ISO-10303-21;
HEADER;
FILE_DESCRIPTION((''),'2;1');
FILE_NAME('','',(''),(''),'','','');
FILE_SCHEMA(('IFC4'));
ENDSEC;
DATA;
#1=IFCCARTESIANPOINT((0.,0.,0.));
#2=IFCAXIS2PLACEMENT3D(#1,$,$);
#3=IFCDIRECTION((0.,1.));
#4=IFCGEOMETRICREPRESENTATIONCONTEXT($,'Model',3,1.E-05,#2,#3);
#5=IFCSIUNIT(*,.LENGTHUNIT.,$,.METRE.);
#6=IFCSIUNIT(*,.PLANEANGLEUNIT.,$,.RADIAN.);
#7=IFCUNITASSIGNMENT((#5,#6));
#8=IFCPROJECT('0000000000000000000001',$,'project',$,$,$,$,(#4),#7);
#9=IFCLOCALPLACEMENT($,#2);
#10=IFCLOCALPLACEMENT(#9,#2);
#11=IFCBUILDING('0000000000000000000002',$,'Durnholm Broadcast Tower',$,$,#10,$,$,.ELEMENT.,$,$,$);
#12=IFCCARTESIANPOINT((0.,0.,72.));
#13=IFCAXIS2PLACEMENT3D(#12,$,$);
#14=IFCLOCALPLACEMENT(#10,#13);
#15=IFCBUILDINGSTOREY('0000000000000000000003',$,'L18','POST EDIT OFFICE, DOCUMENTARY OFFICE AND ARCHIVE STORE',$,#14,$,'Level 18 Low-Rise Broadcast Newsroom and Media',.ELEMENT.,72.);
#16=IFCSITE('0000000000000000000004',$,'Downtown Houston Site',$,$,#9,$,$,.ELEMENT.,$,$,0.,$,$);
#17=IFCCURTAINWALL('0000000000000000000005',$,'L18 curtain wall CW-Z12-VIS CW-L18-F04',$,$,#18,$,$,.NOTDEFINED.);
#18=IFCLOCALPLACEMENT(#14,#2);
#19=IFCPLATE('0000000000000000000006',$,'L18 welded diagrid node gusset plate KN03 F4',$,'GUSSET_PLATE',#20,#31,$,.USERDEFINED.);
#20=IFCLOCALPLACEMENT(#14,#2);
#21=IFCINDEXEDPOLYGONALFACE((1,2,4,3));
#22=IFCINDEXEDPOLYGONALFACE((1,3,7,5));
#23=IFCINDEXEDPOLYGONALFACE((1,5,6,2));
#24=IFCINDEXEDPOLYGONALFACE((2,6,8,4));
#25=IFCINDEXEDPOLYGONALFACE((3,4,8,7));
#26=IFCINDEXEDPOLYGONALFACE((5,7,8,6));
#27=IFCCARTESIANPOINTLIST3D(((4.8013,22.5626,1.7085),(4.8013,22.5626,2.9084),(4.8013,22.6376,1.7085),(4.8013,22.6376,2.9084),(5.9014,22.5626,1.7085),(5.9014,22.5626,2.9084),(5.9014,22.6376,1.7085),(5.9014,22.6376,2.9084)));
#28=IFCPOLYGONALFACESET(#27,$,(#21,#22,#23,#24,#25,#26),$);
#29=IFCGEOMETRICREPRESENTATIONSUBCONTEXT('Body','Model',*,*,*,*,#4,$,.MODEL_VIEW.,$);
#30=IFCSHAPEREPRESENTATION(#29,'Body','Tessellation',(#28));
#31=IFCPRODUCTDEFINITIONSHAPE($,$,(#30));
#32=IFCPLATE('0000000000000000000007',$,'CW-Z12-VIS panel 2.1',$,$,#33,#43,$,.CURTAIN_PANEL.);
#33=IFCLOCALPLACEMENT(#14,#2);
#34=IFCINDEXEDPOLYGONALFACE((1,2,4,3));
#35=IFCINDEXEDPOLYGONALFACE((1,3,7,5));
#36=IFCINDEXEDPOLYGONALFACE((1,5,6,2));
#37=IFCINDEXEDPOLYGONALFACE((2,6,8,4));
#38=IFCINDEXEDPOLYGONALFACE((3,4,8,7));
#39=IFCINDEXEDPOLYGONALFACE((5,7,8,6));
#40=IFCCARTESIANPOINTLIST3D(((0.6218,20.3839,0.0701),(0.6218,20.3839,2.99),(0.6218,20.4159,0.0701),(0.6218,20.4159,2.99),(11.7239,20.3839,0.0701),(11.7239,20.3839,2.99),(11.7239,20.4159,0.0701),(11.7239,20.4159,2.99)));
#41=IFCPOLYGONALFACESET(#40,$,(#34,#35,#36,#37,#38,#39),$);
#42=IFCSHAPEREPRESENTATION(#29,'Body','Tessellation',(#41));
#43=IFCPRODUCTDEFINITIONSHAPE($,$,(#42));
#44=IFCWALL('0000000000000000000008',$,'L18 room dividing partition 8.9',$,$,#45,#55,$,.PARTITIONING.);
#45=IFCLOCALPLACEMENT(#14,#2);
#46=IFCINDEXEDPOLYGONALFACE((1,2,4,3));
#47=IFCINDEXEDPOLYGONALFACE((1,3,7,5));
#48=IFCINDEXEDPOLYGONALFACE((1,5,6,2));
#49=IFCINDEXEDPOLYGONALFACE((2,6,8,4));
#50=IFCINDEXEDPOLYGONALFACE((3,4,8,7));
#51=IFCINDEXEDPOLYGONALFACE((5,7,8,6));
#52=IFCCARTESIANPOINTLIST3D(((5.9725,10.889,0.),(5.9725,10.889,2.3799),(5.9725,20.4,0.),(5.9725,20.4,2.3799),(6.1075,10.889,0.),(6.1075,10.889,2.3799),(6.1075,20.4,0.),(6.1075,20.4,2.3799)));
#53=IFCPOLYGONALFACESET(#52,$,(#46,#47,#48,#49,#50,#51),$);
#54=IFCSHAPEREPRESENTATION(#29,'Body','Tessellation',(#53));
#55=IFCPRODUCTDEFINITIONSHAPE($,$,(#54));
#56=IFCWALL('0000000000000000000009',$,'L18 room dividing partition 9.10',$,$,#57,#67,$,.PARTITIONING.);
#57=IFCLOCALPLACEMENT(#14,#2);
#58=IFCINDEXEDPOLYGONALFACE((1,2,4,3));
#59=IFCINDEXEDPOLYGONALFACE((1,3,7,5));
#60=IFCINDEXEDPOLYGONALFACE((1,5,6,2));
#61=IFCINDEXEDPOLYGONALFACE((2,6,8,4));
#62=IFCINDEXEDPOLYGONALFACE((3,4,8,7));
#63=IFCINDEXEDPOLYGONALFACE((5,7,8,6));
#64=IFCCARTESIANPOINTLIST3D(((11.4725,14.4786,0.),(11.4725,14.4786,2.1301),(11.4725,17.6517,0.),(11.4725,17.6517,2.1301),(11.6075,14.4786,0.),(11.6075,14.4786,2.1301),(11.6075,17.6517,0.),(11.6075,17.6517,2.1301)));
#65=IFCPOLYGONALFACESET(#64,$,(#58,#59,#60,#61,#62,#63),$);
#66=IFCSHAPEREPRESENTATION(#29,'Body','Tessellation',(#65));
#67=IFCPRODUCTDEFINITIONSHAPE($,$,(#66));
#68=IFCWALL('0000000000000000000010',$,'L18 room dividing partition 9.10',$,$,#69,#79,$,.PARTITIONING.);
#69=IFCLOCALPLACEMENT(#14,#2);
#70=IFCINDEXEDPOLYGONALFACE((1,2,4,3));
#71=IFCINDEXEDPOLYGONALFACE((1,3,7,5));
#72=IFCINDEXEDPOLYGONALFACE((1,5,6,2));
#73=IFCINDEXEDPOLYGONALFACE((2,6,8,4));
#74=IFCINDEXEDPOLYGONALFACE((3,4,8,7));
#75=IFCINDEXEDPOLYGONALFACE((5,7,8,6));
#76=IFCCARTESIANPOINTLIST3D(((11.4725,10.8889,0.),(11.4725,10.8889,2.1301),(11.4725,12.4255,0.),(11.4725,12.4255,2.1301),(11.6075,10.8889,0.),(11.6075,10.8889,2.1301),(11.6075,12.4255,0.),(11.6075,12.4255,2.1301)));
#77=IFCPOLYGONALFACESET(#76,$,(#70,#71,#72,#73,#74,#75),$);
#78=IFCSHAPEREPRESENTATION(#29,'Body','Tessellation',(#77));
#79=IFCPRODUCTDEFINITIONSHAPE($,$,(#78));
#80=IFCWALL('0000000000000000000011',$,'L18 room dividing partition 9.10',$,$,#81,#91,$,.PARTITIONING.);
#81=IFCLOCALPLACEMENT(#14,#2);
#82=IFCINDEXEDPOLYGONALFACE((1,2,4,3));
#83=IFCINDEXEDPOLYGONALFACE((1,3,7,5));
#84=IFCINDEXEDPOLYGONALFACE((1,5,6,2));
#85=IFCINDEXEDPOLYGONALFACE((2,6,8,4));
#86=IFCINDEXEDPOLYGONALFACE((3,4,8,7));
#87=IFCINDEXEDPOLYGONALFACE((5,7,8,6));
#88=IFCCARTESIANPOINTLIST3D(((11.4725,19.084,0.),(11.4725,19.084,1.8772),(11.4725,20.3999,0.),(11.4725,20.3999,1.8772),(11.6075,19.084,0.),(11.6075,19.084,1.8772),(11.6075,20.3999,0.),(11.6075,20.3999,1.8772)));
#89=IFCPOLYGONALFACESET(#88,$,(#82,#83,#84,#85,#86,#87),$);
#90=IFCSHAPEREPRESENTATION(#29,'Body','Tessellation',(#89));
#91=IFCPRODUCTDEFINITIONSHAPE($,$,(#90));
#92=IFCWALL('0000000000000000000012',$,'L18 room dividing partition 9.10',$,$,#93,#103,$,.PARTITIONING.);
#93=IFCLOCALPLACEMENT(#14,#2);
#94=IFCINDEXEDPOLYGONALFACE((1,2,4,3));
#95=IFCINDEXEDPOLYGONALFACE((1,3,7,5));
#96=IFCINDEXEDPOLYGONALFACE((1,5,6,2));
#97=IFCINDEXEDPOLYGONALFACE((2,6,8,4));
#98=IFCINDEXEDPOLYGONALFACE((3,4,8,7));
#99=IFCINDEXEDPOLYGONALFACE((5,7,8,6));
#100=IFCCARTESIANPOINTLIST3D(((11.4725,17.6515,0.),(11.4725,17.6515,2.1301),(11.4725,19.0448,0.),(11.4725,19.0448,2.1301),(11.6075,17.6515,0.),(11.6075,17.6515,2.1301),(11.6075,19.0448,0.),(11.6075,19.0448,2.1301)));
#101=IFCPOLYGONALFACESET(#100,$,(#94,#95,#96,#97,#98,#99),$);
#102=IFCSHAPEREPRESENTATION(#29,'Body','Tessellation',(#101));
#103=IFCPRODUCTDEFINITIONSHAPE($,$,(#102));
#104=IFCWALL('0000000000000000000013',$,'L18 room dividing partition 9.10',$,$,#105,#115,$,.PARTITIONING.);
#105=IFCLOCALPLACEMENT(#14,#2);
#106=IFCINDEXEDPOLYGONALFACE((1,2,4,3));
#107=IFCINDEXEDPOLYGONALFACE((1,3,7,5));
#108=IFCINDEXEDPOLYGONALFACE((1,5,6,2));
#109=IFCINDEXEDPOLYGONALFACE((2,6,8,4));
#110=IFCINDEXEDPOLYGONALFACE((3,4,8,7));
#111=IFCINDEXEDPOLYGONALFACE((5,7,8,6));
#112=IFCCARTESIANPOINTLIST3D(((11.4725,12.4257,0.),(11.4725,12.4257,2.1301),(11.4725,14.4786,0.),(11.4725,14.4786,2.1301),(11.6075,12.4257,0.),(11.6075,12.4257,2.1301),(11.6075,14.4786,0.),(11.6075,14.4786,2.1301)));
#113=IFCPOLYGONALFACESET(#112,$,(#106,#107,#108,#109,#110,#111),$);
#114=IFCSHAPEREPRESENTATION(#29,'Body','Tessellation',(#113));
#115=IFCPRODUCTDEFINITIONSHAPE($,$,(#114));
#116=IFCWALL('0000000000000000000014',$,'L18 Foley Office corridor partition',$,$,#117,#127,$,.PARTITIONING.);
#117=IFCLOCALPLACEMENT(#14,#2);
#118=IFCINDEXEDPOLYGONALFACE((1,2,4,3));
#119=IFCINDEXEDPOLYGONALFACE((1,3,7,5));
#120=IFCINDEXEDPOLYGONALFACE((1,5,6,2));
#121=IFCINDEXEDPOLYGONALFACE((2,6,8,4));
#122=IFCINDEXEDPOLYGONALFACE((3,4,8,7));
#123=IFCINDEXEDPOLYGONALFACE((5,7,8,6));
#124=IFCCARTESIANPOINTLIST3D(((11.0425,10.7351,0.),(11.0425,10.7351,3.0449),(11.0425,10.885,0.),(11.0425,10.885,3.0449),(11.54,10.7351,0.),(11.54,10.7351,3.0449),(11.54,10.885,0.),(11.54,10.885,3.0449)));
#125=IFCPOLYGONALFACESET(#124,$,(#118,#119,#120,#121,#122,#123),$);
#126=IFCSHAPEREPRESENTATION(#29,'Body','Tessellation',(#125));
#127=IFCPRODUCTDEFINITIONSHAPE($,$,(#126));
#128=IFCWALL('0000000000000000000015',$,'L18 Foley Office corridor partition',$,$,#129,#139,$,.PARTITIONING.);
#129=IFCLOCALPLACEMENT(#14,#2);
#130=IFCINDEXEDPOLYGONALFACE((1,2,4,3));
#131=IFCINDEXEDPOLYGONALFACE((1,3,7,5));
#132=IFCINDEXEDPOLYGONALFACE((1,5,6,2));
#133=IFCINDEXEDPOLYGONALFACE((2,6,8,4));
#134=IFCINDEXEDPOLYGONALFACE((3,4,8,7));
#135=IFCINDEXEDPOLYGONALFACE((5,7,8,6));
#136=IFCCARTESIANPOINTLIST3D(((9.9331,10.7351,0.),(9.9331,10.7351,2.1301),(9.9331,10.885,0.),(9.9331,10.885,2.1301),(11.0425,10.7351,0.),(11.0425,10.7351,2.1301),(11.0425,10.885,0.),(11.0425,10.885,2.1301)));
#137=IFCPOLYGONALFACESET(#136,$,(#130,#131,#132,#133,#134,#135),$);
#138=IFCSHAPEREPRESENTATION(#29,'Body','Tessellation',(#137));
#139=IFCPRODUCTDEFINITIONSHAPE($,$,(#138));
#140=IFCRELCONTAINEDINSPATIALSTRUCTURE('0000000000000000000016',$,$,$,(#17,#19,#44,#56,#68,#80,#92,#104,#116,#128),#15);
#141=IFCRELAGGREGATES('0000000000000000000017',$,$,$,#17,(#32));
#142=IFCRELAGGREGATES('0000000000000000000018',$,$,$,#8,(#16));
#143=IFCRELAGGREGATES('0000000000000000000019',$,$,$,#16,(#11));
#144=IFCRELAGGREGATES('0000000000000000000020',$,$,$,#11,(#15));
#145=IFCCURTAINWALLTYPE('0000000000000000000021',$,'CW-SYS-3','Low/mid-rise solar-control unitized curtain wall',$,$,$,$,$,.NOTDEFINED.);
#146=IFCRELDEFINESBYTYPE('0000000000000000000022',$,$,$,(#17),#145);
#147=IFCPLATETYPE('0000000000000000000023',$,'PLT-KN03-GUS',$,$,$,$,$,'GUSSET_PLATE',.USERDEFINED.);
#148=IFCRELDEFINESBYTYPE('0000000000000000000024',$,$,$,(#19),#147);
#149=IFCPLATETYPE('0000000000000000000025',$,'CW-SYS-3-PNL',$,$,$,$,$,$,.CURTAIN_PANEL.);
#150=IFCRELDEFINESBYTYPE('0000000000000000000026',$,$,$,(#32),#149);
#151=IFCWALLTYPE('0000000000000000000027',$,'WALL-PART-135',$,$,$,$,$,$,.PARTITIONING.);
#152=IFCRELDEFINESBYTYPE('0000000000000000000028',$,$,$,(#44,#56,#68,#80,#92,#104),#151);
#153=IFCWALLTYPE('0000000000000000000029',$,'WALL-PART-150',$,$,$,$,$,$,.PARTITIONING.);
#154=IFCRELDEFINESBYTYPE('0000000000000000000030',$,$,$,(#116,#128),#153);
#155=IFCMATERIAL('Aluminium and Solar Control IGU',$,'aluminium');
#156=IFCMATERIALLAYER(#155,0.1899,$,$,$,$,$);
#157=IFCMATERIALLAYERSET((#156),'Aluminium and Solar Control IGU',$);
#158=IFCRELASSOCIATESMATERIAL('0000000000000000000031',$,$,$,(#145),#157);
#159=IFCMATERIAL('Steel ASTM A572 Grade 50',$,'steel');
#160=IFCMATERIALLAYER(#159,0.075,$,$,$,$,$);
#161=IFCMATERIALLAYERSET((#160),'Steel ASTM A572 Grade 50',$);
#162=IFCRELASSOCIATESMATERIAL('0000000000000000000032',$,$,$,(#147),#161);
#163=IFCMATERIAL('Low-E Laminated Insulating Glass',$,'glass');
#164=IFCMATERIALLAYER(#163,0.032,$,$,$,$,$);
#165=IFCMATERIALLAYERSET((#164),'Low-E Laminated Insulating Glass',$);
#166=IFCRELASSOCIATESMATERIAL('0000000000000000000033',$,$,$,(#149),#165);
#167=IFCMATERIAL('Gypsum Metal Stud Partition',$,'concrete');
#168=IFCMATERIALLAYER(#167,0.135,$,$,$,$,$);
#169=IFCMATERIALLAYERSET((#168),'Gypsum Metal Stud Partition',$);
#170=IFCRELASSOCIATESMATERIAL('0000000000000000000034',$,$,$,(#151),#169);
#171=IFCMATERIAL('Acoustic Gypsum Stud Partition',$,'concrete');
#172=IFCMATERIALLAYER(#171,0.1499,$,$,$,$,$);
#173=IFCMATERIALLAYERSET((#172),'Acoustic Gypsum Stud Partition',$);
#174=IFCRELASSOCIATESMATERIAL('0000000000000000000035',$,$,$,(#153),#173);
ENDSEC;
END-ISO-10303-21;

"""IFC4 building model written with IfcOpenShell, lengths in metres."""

from ifc_helpers import new_model, si_unit, direction, frame, frame_2d, origin, origin_2d, place, context, subcontext, project, spatial, rectangle, extrude, source, transform, mapped, material, layer, layer_set, type_object, type_shapes, element, aggregate, save


model = new_model("IFC4")

# Units and contexts
model_context = context("Model", 3, precision=1e-05, world=origin(), true_north=direction((0.0, 1.0)))
body_context = subcontext(model_context, "Body", "Model", "MODEL_VIEW")
ifc_project = project(units=[si_unit("LENGTHUNIT", "METRE"), si_unit("PLANEANGLEUNIT", "RADIAN")], contexts=[model_context])

# Site, building, storey
site_placement = place(None, origin())
site = spatial("IfcSite", under=ifc_project, at=site_placement, Name="Downtown Houston Site", CompositionType="ELEMENT", RefElevation=0.0)
building_placement = place(site_placement, origin())
building = spatial("IfcBuilding", under=site, at=building_placement, Name="Durnholm Broadcast Tower", CompositionType="ELEMENT")
storey_placement = place(building_placement, frame((0.0, 0.0, 72.0)))
storey = spatial("IfcBuildingStorey", under=building, at=storey_placement, Name="L18", Description="POST EDIT OFFICE, DOCUMENTARY OFFICE AND ARCHIVE STORE", LongName="Level 18 Low-Rise Broadcast Newsroom and Media", CompositionType="ELEMENT", Elevation=72.0)

# Shared definitions
ifc_material_1 = material(Name="Aluminium and Solar Control IGU", Category="aluminium")

# Curtain wall
ifc_layer_1 = layer(ifc_material_1, 0.1899)
ifc_layer_set_1 = layer_set([ifc_layer_1], Name="Aluminium and Solar Control IGU")
curtain_wall_type_1 = type_object("IfcCurtainWallType", Name="CW-SYS-3", Description="Low/mid-rise solar-control unitized curtain wall", PredefinedType="NOTDEFINED", material=ifc_layer_set_1)
curtain_wall_1_placement = place(storey_placement, origin())
curtain_wall_1 = element("IfcCurtainWall", 1, at=curtain_wall_1_placement, inside=storey, type_object=curtain_wall_type_1, Name="L18 curtain wall CW-Z12-VIS CW-L18-F04", PredefinedType="NOTDEFINED")

# Plate
ifc_material_2 = material(Name="Steel ASTM A572 Grade 50", Category="steel")
ifc_layer_2 = layer(ifc_material_2, 0.075)
ifc_layer_set_2 = layer_set([ifc_layer_2], Name="Steel ASTM A572 Grade 50")
plate_type_1 = type_object("IfcPlateType", Name="PLT-KN03-GUS", ElementType="GUSSET_PLATE", PredefinedType="USERDEFINED", material=ifc_layer_set_2)
shared_shape_1 = source(origin(), body_context, "Body", "SweptSolid", [
    extrude(rectangle(XDim=1.1001, YDim=0.075, at=origin_2d()), origin(), (0.0, 0.0, 1.0), 1.2),
])
type_shapes(plate_type_1, [shared_shape_1])
plate_1_placement = place(storey_placement, frame((5.3513, 22.6001, 1.7085), z_axis=(0.0, 0.0, 1.0), x_axis=(-1.0, 0.0, 0.0)))
element("IfcPlate", 2, at=plate_1_placement, inside=storey, type_object=plate_type_1, Name="L18 welded diagrid node gusset plate KN03 F4", ObjectType="GUSSET_PLATE", PredefinedType="USERDEFINED", context=body_context, shape_type="MappedRepresentation", body=[
    mapped(shared_shape_1, transform((0.0, 0.0, 0.0), x_axis=(1.0, 0.0, 0.0), y_axis=(0.0, 1.0, 0.0), z_axis=(0.0, 0.0, 1.0), scale=1.0)),
])

# Plate
ifc_material_3 = material(Name="Low-E Laminated Insulating Glass", Category="glass")
ifc_layer_3 = layer(ifc_material_3, 0.032)
ifc_layer_set_3 = layer_set([ifc_layer_3], Name="Low-E Laminated Insulating Glass")
plate_type_2 = type_object("IfcPlateType", Name="CW-SYS-3-PNL", PredefinedType="CURTAIN_PANEL", material=ifc_layer_set_3)
shared_shape_2 = source(origin(), body_context, "Body", "SweptSolid", [
    extrude(rectangle(XDim=11.1021, YDim=0.032, at=origin_2d()), origin(), (0.0, 0.0, 1.0), 2.9199),
])
type_shapes(plate_type_2, [shared_shape_2])
plate_2_placement = place(storey_placement, frame((6.1729, 20.3999, 0.0701), z_axis=(0.0, 0.0, 1.0), x_axis=(1.0, 0.0, 0.0)))
plate_2 = element("IfcPlate", 3, at=plate_2_placement, type_object=plate_type_2, Name="CW-Z12-VIS panel 2.1", PredefinedType="CURTAIN_PANEL", context=body_context, shape_type="MappedRepresentation", body=[
    mapped(shared_shape_2, transform((0.0, 0.0, 0.0), x_axis=(1.0, 0.0, 0.0), y_axis=(0.0, 1.0, 0.0), z_axis=(0.0, 0.0, 1.0), scale=1.0)),
])
aggregate(curtain_wall_1, [plate_2])

# Walls
ifc_material_4 = material(Name="Gypsum Metal Stud Partition", Category="concrete")
ifc_layer_4 = layer(ifc_material_4, 0.135)
ifc_layer_set_4 = layer_set([ifc_layer_4], Name="Gypsum Metal Stud Partition")
wall_type_1 = type_object("IfcWallType", Name="WALL-PART-135", PredefinedType="PARTITIONING", material=ifc_layer_set_4)
wall_1_placement = place(storey_placement, frame((6.04, 20.3999, 0.0), z_axis=(0.0, 0.0, 1.0), x_axis=(0.0, -1.0, 0.0)))
element("IfcWall", 4, at=wall_1_placement, inside=storey, type_object=wall_type_1, Name="L18 room dividing partition 8.9", PredefinedType="PARTITIONING", context=body_context, shape_type="SweptSolid", body=[
    extrude(rectangle(XDim=9.511, YDim=0.135, at=frame_2d((4.7554, 0.0))), origin(), (0.0, 0.0, 1.0), 2.3799),
])
wall_2_placement = place(storey_placement, frame((11.54, 17.6516, 0.0), z_axis=(0.0, 0.0, 1.0), x_axis=(0.0, -1.0, 0.0)))
element("IfcWall", 5, at=wall_2_placement, inside=storey, type_object=wall_type_1, Name="L18 room dividing partition 9.10", PredefinedType="PARTITIONING", context=body_context, shape_type="SweptSolid", body=[
    extrude(rectangle(XDim=3.1731, YDim=0.135, at=frame_2d((1.5864, 0.0))), origin(), (0.0, 0.0, 1.0), 2.1301),
])
wall_3_placement = place(storey_placement, frame((11.54, 12.4255, 0.0), z_axis=(0.0, 0.0, 1.0), x_axis=(0.0, -1.0, 0.0)))
element("IfcWall", 6, at=wall_3_placement, inside=storey, type_object=wall_type_1, Name="L18 room dividing partition 9.10", PredefinedType="PARTITIONING", context=body_context, shape_type="SweptSolid", body=[
    extrude(rectangle(XDim=1.5366, YDim=0.135, at=frame_2d((0.7683, 0.0))), origin(), (0.0, 0.0, 1.0), 2.1301),
])
wall_4_placement = place(storey_placement, frame((11.54, 20.3999, 0.0), z_axis=(0.0, 0.0, 1.0), x_axis=(0.0, -1.0, 0.0)))
element("IfcWall", 7, at=wall_4_placement, inside=storey, type_object=wall_type_1, Name="L18 room dividing partition 9.10", PredefinedType="PARTITIONING", context=body_context, shape_type="SweptSolid", body=[
    extrude(rectangle(XDim=1.3159, YDim=0.135, at=frame_2d((0.658, 0.0))), origin(), (0.0, 0.0, 1.0), 1.8772),
])
wall_5_placement = place(storey_placement, frame((11.54, 19.0449, 0.0), z_axis=(0.0, 0.0, 1.0), x_axis=(0.0, -1.0, 0.0)))
element("IfcWall", 8, at=wall_5_placement, inside=storey, type_object=wall_type_1, Name="L18 room dividing partition 9.10", PredefinedType="PARTITIONING", context=body_context, shape_type="SweptSolid", body=[
    extrude(rectangle(XDim=1.3933, YDim=0.135, at=frame_2d((0.6968, 0.0))), origin(), (0.0, 0.0, 1.0), 2.1301),
])
wall_6_placement = place(storey_placement, frame((11.54, 14.4785, 0.0), z_axis=(0.0, 0.0, 1.0), x_axis=(0.0, -1.0, 0.0)))
element("IfcWall", 9, at=wall_6_placement, inside=storey, type_object=wall_type_1, Name="L18 room dividing partition 9.10", PredefinedType="PARTITIONING", context=body_context, shape_type="SweptSolid", body=[
    extrude(rectangle(XDim=2.053, YDim=0.135, at=frame_2d((1.0264, 0.0))), origin(), (0.0, 0.0, 1.0), 2.1301),
])
ifc_material_5 = material(Name="Acoustic Gypsum Stud Partition", Category="concrete")
ifc_layer_5 = layer(ifc_material_5, 0.1499)
ifc_layer_set_5 = layer_set([ifc_layer_5], Name="Acoustic Gypsum Stud Partition")
wall_type_2 = type_object("IfcWallType", Name="WALL-PART-150", PredefinedType="PARTITIONING", material=ifc_layer_set_5)
wall_7_placement = place(storey_placement, frame((11.54, 10.8101, 0.0), z_axis=(0.0, 0.0, 1.0), x_axis=(-1.0, 0.0, 0.0)))
element("IfcWall", 10, at=wall_7_placement, inside=storey, type_object=wall_type_2, Name="L18 Foley Office corridor partition", PredefinedType="PARTITIONING", context=body_context, shape_type="SweptSolid", body=[
    extrude(rectangle(XDim=0.4976, YDim=0.1499, at=frame_2d((0.2488, 0.0))), origin(), (0.0, 0.0, 1.0), 3.0449),
])
wall_8_placement = place(storey_placement, frame((11.0425, 10.8101, 0.0), z_axis=(0.0, 0.0, 1.0), x_axis=(-1.0, 0.0, 0.0)))
element("IfcWall", 11, at=wall_8_placement, inside=storey, type_object=wall_type_2, Name="L18 Foley Office corridor partition", PredefinedType="PARTITIONING", context=body_context, shape_type="SweptSolid", body=[
    extrude(rectangle(XDim=1.1094, YDim=0.1499, at=frame_2d((0.5547, 0.0))), origin(), (0.0, 0.0, 1.0), 2.1301),
])

save(model, "model.ifc")
